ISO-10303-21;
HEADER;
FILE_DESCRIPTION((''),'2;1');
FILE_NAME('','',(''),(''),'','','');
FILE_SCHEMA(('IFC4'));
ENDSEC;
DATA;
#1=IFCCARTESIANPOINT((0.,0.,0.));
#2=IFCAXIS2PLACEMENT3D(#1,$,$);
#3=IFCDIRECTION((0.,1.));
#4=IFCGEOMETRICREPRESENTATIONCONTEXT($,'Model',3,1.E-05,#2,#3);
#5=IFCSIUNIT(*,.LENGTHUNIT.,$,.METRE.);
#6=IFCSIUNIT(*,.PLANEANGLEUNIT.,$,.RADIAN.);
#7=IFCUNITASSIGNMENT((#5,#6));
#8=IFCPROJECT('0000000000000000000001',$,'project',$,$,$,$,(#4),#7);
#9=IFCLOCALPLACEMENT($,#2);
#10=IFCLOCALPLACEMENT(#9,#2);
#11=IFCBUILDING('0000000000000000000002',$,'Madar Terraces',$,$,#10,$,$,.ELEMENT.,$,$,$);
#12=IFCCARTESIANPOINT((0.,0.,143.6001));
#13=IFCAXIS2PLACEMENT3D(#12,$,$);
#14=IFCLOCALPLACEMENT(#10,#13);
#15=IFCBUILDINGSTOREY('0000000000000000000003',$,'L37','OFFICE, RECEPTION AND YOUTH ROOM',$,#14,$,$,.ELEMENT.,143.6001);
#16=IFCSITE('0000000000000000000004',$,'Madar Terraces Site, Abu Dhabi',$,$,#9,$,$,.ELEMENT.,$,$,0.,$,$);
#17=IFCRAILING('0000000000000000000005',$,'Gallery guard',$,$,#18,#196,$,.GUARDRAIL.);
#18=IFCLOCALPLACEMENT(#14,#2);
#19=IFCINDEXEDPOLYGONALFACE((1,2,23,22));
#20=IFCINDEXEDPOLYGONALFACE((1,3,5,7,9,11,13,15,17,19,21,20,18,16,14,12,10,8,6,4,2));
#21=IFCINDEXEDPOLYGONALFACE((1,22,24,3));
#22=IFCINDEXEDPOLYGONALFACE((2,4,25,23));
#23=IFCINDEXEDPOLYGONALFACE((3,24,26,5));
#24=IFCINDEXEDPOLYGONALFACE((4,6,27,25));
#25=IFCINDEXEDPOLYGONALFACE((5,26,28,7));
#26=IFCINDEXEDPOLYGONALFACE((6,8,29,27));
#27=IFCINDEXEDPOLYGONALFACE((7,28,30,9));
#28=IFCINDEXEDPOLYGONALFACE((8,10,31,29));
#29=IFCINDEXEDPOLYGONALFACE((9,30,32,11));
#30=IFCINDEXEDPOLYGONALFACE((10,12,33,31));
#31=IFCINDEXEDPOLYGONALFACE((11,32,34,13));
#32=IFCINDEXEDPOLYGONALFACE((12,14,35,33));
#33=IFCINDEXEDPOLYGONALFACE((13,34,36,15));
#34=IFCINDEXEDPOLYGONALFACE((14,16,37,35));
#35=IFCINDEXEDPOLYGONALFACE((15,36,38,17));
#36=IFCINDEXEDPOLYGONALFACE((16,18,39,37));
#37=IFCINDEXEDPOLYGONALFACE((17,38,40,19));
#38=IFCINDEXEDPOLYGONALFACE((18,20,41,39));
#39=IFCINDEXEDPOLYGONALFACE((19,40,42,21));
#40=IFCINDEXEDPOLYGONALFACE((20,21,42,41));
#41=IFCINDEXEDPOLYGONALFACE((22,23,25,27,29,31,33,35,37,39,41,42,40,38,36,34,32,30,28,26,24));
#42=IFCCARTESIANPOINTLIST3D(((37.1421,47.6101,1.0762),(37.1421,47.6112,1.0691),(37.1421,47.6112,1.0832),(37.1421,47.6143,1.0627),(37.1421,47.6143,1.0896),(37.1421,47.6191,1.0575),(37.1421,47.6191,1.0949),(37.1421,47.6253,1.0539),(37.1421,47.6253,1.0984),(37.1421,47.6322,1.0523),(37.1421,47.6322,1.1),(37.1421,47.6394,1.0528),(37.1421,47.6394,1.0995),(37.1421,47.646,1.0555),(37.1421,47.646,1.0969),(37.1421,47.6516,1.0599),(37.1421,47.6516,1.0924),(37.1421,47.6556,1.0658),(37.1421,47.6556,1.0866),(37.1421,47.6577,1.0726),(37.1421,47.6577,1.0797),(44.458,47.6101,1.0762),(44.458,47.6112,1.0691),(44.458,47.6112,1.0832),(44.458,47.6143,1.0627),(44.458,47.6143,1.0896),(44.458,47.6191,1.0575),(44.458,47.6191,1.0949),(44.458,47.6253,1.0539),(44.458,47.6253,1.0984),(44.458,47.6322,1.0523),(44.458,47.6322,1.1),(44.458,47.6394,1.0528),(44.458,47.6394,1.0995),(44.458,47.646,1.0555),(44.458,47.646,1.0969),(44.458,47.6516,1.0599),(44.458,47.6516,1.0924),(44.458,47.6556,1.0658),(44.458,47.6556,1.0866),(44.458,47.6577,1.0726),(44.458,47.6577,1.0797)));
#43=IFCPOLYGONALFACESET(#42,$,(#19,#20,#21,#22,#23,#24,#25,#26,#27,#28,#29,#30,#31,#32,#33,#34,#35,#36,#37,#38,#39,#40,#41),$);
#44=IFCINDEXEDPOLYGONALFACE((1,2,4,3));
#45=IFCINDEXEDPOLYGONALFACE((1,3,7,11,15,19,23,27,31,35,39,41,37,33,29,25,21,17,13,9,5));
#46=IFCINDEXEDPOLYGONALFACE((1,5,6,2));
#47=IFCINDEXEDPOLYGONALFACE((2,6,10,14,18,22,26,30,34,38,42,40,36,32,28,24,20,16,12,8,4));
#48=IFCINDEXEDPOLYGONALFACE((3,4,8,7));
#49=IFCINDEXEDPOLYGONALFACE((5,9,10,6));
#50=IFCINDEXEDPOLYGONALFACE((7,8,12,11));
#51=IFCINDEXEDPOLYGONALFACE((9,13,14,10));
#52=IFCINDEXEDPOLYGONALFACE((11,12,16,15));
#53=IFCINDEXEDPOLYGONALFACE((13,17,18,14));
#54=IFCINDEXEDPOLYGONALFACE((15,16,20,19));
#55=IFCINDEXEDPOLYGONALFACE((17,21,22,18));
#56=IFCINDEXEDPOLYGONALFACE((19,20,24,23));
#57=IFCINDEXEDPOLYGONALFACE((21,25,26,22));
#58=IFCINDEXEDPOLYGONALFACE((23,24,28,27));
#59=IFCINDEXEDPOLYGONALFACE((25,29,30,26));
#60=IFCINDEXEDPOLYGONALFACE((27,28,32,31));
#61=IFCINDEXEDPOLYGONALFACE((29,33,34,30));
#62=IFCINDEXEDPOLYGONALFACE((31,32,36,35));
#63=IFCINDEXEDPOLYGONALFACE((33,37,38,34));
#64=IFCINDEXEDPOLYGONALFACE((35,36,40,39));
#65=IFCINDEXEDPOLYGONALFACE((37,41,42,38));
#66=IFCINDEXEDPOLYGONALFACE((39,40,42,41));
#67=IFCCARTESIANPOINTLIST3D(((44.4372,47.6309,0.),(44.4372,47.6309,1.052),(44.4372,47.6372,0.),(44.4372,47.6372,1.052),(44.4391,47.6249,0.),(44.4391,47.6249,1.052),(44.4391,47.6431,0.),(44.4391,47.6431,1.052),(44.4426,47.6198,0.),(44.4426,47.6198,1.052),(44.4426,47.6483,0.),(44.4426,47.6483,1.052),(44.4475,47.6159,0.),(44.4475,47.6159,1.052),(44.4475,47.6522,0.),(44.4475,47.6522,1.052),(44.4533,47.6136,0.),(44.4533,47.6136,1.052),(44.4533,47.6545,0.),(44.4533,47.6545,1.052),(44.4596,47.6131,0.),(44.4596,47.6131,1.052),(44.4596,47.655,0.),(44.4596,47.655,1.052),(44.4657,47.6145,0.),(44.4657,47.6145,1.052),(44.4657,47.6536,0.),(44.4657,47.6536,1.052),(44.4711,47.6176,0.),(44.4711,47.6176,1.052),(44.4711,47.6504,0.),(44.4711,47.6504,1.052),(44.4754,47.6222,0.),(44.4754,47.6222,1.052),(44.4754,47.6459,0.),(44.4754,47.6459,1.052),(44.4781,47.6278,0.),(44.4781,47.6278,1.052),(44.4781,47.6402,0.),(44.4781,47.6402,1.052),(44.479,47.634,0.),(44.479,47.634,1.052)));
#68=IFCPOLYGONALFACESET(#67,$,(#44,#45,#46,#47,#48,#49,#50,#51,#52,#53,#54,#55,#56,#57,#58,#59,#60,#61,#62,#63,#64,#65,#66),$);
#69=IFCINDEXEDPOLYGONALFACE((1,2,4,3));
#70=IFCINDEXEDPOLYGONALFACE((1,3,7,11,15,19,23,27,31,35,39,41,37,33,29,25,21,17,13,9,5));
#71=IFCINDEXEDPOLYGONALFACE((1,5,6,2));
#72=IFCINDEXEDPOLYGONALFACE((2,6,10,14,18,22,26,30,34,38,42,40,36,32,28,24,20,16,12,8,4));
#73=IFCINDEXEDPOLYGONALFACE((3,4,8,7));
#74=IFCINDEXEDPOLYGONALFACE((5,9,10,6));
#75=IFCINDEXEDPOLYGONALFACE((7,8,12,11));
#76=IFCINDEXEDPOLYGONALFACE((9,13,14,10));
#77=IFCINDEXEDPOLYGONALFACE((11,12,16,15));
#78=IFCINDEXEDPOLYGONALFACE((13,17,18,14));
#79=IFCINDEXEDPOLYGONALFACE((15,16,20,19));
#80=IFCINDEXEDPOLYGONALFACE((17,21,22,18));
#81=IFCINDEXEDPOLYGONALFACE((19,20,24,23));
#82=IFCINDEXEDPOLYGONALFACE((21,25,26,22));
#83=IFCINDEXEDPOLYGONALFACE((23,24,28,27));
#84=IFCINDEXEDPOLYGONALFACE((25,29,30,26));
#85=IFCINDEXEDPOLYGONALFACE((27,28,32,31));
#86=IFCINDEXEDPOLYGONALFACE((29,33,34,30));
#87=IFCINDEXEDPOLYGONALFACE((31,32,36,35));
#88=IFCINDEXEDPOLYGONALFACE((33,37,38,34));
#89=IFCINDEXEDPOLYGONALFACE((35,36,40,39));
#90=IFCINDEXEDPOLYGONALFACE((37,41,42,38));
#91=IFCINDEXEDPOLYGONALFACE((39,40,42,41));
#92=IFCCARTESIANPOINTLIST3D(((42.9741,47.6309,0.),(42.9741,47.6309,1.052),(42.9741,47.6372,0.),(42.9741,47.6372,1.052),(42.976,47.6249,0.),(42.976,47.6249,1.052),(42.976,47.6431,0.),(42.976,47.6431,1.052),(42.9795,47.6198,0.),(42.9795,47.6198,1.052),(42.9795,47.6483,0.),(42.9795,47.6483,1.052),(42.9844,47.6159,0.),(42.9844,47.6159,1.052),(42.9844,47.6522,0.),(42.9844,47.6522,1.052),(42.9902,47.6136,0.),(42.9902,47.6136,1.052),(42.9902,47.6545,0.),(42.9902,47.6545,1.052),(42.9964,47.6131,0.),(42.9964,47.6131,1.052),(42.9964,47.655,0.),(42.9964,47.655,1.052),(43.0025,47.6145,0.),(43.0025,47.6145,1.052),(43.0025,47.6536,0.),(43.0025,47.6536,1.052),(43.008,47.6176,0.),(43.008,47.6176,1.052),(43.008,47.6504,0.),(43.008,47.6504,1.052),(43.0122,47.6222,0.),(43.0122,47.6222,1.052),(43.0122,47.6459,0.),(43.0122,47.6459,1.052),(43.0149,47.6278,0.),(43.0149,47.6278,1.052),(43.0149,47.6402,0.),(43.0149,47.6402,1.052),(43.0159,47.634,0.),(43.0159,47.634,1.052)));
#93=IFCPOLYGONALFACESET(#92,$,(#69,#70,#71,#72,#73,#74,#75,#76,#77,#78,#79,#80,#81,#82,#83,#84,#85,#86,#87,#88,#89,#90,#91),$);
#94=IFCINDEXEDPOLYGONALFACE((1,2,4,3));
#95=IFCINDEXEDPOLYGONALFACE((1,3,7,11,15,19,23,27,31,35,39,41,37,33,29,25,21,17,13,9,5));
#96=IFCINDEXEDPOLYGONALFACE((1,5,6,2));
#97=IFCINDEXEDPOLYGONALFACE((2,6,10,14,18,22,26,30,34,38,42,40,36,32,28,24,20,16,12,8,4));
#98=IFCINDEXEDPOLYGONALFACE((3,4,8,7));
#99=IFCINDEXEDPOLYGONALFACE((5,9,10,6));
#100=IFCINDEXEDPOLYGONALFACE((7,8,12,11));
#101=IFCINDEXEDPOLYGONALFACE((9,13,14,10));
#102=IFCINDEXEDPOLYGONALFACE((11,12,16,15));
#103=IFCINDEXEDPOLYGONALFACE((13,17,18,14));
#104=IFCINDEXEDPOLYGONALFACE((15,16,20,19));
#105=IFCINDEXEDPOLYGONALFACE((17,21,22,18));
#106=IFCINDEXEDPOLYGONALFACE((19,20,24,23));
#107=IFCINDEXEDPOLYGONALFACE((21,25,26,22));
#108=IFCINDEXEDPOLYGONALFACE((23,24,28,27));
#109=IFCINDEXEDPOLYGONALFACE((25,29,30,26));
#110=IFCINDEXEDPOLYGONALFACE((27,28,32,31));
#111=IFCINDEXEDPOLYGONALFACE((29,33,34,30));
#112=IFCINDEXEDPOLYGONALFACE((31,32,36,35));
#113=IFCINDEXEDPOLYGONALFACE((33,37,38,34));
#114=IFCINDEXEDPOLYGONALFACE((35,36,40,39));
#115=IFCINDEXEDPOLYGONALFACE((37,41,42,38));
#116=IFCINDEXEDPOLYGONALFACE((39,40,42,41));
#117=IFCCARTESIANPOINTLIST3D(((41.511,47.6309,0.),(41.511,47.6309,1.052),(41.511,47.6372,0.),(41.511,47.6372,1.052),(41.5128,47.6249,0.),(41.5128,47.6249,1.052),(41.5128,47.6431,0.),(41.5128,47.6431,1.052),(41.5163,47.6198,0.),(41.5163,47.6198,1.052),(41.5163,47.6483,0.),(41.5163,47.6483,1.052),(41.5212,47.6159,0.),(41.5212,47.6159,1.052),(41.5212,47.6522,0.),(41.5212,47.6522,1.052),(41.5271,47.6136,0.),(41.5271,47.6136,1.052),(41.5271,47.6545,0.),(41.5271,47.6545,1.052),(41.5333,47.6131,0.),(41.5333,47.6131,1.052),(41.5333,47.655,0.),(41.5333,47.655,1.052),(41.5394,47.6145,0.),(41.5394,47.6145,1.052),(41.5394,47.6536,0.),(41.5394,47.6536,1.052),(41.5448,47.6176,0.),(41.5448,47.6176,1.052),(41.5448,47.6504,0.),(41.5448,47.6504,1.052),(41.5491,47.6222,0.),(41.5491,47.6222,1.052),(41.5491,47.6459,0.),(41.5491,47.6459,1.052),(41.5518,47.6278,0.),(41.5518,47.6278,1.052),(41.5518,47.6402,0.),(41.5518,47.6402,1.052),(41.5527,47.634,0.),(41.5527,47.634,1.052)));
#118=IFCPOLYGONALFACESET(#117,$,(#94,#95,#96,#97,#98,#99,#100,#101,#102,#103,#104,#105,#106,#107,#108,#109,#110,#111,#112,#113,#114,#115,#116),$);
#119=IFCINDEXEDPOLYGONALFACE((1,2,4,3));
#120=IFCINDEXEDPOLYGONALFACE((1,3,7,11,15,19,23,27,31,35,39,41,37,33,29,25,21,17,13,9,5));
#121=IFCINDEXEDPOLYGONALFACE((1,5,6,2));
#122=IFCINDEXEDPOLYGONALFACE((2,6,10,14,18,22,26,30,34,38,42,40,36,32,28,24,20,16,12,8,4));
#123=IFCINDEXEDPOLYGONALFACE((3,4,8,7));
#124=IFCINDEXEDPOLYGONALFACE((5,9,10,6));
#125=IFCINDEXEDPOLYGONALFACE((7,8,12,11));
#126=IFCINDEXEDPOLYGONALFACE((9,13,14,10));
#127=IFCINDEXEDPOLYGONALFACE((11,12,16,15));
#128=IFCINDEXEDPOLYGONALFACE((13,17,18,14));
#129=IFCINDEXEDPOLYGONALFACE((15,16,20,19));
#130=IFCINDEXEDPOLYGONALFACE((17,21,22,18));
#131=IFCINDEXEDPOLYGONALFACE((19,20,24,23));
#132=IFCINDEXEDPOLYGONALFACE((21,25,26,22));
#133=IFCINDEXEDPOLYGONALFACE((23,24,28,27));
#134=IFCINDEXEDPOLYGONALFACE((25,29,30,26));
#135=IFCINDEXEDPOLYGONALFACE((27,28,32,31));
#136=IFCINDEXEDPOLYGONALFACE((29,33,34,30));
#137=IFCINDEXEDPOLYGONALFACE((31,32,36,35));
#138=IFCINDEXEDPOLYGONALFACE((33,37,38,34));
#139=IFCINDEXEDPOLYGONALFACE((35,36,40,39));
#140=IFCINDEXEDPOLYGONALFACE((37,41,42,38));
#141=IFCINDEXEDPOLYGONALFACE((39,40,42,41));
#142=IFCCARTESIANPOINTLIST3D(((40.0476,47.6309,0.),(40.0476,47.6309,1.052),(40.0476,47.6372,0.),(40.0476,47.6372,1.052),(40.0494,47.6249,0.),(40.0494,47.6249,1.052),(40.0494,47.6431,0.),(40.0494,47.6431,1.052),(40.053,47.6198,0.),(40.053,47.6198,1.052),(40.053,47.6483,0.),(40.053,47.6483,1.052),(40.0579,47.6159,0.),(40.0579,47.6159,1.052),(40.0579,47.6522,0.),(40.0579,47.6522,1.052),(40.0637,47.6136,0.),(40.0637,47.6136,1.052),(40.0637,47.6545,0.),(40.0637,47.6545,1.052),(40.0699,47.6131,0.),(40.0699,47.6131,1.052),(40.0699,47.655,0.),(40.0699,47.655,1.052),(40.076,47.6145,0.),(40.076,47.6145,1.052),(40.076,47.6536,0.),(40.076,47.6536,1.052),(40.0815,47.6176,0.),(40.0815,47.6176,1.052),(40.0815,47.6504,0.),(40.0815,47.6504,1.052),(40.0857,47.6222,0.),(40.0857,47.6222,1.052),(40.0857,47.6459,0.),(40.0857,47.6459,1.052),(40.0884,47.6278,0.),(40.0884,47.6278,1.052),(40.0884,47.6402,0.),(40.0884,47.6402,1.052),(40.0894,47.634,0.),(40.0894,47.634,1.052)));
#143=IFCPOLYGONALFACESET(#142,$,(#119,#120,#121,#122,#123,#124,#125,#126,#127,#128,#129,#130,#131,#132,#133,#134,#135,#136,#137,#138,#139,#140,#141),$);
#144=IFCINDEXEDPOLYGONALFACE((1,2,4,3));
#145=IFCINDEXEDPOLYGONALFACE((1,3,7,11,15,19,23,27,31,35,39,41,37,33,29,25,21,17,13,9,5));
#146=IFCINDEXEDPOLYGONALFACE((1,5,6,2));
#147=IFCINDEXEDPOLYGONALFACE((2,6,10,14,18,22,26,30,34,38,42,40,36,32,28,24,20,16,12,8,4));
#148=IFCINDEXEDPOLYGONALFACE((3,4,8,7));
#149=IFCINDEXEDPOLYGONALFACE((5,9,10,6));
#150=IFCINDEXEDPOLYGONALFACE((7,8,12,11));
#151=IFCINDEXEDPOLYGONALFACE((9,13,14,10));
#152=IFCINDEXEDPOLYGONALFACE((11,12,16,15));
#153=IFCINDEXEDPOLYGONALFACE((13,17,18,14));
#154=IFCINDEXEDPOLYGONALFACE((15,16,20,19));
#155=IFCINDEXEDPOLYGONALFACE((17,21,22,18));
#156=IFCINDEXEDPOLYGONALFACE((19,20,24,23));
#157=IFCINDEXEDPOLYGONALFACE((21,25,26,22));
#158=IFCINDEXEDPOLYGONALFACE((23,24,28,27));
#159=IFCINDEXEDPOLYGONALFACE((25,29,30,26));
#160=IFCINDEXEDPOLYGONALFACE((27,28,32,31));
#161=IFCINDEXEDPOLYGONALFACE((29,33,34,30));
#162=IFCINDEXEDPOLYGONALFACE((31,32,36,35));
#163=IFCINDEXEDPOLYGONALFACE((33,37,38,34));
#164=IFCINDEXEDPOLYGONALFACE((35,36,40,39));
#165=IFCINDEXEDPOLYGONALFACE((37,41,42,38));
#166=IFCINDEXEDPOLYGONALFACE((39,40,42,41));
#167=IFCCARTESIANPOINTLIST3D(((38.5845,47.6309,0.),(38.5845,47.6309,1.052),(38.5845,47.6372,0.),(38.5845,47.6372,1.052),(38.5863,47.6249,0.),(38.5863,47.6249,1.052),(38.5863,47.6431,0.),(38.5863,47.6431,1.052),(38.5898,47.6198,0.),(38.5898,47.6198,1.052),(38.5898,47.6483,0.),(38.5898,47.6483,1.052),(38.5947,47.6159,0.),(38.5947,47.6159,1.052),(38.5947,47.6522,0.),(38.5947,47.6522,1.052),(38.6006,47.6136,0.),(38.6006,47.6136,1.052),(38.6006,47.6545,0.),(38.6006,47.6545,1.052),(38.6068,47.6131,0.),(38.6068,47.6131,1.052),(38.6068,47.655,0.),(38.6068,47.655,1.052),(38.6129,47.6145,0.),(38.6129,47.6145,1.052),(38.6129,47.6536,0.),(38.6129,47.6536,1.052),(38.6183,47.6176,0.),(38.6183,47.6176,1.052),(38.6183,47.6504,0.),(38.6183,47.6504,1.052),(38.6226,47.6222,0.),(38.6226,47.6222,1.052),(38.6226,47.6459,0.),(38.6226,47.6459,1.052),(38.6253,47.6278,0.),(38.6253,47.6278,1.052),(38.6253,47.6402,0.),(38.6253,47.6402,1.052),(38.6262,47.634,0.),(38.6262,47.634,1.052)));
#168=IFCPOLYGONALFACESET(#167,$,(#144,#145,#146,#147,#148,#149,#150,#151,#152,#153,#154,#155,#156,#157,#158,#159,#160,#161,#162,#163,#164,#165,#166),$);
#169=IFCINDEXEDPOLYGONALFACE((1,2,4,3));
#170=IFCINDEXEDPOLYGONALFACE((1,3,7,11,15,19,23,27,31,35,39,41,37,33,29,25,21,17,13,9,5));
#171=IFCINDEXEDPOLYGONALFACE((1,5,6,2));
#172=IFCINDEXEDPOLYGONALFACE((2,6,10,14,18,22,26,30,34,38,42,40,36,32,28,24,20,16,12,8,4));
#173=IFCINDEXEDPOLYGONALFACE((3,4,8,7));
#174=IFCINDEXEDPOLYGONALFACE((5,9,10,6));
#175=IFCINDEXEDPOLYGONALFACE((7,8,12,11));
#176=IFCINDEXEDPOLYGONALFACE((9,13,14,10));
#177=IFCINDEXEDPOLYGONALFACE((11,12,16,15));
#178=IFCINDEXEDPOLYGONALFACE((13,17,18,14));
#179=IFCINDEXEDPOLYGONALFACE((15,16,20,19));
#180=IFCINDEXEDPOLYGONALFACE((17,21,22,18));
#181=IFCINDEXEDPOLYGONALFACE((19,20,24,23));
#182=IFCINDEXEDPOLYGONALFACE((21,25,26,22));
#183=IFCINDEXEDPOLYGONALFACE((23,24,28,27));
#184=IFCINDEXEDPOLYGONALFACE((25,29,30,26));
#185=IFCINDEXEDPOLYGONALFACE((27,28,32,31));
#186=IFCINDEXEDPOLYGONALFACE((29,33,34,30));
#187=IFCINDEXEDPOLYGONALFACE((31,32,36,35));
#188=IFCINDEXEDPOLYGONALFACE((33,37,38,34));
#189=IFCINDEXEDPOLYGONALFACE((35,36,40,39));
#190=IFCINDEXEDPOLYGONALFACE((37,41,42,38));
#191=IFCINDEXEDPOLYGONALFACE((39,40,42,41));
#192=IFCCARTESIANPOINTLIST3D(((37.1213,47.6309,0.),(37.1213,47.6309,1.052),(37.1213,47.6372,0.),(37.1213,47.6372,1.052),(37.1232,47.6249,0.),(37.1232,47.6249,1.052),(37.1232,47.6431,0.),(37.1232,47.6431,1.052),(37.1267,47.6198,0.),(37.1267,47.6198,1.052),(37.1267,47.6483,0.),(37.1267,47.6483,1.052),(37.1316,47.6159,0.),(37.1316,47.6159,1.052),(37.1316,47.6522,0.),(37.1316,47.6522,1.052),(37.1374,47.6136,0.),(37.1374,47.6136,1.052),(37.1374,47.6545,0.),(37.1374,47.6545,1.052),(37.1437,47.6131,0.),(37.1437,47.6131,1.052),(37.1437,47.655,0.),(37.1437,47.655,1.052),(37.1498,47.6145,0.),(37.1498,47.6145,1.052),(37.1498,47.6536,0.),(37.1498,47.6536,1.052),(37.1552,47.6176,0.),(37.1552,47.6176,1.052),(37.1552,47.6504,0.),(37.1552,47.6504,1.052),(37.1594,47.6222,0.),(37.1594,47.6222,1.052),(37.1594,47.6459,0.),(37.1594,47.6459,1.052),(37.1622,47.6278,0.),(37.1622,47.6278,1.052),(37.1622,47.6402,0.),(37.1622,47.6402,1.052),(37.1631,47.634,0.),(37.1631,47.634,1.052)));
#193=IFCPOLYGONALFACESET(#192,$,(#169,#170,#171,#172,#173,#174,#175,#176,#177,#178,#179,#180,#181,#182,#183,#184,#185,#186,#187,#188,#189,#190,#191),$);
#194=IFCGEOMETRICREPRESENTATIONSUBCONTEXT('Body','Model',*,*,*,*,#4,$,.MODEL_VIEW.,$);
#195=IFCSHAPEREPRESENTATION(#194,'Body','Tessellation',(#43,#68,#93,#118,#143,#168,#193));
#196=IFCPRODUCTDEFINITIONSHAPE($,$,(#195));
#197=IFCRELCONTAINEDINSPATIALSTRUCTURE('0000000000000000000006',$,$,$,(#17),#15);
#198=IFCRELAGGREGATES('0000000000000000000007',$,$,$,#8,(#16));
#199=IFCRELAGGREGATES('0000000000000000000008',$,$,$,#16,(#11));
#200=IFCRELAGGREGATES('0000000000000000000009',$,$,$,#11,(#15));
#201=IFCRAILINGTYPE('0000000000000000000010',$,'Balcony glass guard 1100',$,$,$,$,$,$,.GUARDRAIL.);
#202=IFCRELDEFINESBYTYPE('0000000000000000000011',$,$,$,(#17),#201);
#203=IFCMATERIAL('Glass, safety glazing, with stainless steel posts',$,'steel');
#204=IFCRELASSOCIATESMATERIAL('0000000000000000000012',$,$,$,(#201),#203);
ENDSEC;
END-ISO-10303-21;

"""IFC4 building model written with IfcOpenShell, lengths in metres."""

from ifc_helpers import new_model, si_unit, direction, frame, origin, origin_2d, place, context, subcontext, project, spatial, circle, extrude, material, type_object, element, save


model = new_model("IFC4")

# Units and contexts
model_context = context("Model", 3, precision=1e-05, world=origin(), true_north=direction((0.0, 1.0)))
body_context = subcontext(model_context, "Body", "Model", "MODEL_VIEW")
ifc_project = project(units=[si_unit("LENGTHUNIT", "METRE"), si_unit("PLANEANGLEUNIT", "RADIAN")], contexts=[model_context])

# Site, building, storey
site_placement = place(None, origin())
site = spatial("IfcSite", under=ifc_project, at=site_placement, Name="Madar Terraces Site, Abu Dhabi", CompositionType="ELEMENT", RefElevation=0.0)
building_placement = place(site_placement, origin())
building = spatial("IfcBuilding", under=site, at=building_placement, Name="Madar Terraces", CompositionType="ELEMENT")
storey_placement = place(building_placement, frame((0.0, 0.0, 143.6001)))
storey = spatial("IfcBuildingStorey", under=building, at=storey_placement, Name="L37", Description="OFFICE, RECEPTION AND YOUTH ROOM", CompositionType="ELEMENT", Elevation=143.6001)

# Railing
ifc_material_1 = material(Name="Glass, safety glazing, with stainless steel posts", Category="steel")
railing_type = type_object("IfcRailingType", Name="Balcony glass guard 1100", PredefinedType="GUARDRAIL", material=ifc_material_1)
railing_1_placement = place(storey_placement, frame((44.458, 47.634, 0.0)))
element("IfcRailing", 1, at=railing_1_placement, inside=storey, type_object=railing_type, Name="Gallery guard", PredefinedType="GUARDRAIL", context=body_context, shape_type="SweptSolid", body=[
    extrude(circle(Radius=0.0239, at=origin_2d()), frame((0.0, 0.0, 1.0762), z_axis=(-1.0, 0.0, 0.0), x_axis=(0.0, -1.0, 0.0)), (0.0, 0.0, 1.0), 7.3159),
    extrude(circle(Radius=0.021, at=origin_2d()), origin(), (0.0, 0.0, 1.0), 1.052),
    extrude(circle(Radius=0.021, at=origin_2d()), frame((-1.4631, 0.0, 0.0)), (0.0, 0.0, 1.0), 1.052),
    extrude(circle(Radius=0.021, at=origin_2d()), frame((-2.9263, 0.0, 0.0)), (0.0, 0.0, 1.0), 1.052),
    extrude(circle(Radius=0.021, at=origin_2d()), frame((-4.3896, 0.0, 0.0)), (0.0, 0.0, 1.0), 1.052),
    extrude(circle(Radius=0.021, at=origin_2d()), frame((-5.8528, 0.0, 0.0)), (0.0, 0.0, 1.0), 1.052),
    extrude(circle(Radius=0.021, at=origin_2d()), frame((-7.3159, 0.0, 0.0)), (0.0, 0.0, 1.0), 1.052),
])

save(model, "model.ifc")
